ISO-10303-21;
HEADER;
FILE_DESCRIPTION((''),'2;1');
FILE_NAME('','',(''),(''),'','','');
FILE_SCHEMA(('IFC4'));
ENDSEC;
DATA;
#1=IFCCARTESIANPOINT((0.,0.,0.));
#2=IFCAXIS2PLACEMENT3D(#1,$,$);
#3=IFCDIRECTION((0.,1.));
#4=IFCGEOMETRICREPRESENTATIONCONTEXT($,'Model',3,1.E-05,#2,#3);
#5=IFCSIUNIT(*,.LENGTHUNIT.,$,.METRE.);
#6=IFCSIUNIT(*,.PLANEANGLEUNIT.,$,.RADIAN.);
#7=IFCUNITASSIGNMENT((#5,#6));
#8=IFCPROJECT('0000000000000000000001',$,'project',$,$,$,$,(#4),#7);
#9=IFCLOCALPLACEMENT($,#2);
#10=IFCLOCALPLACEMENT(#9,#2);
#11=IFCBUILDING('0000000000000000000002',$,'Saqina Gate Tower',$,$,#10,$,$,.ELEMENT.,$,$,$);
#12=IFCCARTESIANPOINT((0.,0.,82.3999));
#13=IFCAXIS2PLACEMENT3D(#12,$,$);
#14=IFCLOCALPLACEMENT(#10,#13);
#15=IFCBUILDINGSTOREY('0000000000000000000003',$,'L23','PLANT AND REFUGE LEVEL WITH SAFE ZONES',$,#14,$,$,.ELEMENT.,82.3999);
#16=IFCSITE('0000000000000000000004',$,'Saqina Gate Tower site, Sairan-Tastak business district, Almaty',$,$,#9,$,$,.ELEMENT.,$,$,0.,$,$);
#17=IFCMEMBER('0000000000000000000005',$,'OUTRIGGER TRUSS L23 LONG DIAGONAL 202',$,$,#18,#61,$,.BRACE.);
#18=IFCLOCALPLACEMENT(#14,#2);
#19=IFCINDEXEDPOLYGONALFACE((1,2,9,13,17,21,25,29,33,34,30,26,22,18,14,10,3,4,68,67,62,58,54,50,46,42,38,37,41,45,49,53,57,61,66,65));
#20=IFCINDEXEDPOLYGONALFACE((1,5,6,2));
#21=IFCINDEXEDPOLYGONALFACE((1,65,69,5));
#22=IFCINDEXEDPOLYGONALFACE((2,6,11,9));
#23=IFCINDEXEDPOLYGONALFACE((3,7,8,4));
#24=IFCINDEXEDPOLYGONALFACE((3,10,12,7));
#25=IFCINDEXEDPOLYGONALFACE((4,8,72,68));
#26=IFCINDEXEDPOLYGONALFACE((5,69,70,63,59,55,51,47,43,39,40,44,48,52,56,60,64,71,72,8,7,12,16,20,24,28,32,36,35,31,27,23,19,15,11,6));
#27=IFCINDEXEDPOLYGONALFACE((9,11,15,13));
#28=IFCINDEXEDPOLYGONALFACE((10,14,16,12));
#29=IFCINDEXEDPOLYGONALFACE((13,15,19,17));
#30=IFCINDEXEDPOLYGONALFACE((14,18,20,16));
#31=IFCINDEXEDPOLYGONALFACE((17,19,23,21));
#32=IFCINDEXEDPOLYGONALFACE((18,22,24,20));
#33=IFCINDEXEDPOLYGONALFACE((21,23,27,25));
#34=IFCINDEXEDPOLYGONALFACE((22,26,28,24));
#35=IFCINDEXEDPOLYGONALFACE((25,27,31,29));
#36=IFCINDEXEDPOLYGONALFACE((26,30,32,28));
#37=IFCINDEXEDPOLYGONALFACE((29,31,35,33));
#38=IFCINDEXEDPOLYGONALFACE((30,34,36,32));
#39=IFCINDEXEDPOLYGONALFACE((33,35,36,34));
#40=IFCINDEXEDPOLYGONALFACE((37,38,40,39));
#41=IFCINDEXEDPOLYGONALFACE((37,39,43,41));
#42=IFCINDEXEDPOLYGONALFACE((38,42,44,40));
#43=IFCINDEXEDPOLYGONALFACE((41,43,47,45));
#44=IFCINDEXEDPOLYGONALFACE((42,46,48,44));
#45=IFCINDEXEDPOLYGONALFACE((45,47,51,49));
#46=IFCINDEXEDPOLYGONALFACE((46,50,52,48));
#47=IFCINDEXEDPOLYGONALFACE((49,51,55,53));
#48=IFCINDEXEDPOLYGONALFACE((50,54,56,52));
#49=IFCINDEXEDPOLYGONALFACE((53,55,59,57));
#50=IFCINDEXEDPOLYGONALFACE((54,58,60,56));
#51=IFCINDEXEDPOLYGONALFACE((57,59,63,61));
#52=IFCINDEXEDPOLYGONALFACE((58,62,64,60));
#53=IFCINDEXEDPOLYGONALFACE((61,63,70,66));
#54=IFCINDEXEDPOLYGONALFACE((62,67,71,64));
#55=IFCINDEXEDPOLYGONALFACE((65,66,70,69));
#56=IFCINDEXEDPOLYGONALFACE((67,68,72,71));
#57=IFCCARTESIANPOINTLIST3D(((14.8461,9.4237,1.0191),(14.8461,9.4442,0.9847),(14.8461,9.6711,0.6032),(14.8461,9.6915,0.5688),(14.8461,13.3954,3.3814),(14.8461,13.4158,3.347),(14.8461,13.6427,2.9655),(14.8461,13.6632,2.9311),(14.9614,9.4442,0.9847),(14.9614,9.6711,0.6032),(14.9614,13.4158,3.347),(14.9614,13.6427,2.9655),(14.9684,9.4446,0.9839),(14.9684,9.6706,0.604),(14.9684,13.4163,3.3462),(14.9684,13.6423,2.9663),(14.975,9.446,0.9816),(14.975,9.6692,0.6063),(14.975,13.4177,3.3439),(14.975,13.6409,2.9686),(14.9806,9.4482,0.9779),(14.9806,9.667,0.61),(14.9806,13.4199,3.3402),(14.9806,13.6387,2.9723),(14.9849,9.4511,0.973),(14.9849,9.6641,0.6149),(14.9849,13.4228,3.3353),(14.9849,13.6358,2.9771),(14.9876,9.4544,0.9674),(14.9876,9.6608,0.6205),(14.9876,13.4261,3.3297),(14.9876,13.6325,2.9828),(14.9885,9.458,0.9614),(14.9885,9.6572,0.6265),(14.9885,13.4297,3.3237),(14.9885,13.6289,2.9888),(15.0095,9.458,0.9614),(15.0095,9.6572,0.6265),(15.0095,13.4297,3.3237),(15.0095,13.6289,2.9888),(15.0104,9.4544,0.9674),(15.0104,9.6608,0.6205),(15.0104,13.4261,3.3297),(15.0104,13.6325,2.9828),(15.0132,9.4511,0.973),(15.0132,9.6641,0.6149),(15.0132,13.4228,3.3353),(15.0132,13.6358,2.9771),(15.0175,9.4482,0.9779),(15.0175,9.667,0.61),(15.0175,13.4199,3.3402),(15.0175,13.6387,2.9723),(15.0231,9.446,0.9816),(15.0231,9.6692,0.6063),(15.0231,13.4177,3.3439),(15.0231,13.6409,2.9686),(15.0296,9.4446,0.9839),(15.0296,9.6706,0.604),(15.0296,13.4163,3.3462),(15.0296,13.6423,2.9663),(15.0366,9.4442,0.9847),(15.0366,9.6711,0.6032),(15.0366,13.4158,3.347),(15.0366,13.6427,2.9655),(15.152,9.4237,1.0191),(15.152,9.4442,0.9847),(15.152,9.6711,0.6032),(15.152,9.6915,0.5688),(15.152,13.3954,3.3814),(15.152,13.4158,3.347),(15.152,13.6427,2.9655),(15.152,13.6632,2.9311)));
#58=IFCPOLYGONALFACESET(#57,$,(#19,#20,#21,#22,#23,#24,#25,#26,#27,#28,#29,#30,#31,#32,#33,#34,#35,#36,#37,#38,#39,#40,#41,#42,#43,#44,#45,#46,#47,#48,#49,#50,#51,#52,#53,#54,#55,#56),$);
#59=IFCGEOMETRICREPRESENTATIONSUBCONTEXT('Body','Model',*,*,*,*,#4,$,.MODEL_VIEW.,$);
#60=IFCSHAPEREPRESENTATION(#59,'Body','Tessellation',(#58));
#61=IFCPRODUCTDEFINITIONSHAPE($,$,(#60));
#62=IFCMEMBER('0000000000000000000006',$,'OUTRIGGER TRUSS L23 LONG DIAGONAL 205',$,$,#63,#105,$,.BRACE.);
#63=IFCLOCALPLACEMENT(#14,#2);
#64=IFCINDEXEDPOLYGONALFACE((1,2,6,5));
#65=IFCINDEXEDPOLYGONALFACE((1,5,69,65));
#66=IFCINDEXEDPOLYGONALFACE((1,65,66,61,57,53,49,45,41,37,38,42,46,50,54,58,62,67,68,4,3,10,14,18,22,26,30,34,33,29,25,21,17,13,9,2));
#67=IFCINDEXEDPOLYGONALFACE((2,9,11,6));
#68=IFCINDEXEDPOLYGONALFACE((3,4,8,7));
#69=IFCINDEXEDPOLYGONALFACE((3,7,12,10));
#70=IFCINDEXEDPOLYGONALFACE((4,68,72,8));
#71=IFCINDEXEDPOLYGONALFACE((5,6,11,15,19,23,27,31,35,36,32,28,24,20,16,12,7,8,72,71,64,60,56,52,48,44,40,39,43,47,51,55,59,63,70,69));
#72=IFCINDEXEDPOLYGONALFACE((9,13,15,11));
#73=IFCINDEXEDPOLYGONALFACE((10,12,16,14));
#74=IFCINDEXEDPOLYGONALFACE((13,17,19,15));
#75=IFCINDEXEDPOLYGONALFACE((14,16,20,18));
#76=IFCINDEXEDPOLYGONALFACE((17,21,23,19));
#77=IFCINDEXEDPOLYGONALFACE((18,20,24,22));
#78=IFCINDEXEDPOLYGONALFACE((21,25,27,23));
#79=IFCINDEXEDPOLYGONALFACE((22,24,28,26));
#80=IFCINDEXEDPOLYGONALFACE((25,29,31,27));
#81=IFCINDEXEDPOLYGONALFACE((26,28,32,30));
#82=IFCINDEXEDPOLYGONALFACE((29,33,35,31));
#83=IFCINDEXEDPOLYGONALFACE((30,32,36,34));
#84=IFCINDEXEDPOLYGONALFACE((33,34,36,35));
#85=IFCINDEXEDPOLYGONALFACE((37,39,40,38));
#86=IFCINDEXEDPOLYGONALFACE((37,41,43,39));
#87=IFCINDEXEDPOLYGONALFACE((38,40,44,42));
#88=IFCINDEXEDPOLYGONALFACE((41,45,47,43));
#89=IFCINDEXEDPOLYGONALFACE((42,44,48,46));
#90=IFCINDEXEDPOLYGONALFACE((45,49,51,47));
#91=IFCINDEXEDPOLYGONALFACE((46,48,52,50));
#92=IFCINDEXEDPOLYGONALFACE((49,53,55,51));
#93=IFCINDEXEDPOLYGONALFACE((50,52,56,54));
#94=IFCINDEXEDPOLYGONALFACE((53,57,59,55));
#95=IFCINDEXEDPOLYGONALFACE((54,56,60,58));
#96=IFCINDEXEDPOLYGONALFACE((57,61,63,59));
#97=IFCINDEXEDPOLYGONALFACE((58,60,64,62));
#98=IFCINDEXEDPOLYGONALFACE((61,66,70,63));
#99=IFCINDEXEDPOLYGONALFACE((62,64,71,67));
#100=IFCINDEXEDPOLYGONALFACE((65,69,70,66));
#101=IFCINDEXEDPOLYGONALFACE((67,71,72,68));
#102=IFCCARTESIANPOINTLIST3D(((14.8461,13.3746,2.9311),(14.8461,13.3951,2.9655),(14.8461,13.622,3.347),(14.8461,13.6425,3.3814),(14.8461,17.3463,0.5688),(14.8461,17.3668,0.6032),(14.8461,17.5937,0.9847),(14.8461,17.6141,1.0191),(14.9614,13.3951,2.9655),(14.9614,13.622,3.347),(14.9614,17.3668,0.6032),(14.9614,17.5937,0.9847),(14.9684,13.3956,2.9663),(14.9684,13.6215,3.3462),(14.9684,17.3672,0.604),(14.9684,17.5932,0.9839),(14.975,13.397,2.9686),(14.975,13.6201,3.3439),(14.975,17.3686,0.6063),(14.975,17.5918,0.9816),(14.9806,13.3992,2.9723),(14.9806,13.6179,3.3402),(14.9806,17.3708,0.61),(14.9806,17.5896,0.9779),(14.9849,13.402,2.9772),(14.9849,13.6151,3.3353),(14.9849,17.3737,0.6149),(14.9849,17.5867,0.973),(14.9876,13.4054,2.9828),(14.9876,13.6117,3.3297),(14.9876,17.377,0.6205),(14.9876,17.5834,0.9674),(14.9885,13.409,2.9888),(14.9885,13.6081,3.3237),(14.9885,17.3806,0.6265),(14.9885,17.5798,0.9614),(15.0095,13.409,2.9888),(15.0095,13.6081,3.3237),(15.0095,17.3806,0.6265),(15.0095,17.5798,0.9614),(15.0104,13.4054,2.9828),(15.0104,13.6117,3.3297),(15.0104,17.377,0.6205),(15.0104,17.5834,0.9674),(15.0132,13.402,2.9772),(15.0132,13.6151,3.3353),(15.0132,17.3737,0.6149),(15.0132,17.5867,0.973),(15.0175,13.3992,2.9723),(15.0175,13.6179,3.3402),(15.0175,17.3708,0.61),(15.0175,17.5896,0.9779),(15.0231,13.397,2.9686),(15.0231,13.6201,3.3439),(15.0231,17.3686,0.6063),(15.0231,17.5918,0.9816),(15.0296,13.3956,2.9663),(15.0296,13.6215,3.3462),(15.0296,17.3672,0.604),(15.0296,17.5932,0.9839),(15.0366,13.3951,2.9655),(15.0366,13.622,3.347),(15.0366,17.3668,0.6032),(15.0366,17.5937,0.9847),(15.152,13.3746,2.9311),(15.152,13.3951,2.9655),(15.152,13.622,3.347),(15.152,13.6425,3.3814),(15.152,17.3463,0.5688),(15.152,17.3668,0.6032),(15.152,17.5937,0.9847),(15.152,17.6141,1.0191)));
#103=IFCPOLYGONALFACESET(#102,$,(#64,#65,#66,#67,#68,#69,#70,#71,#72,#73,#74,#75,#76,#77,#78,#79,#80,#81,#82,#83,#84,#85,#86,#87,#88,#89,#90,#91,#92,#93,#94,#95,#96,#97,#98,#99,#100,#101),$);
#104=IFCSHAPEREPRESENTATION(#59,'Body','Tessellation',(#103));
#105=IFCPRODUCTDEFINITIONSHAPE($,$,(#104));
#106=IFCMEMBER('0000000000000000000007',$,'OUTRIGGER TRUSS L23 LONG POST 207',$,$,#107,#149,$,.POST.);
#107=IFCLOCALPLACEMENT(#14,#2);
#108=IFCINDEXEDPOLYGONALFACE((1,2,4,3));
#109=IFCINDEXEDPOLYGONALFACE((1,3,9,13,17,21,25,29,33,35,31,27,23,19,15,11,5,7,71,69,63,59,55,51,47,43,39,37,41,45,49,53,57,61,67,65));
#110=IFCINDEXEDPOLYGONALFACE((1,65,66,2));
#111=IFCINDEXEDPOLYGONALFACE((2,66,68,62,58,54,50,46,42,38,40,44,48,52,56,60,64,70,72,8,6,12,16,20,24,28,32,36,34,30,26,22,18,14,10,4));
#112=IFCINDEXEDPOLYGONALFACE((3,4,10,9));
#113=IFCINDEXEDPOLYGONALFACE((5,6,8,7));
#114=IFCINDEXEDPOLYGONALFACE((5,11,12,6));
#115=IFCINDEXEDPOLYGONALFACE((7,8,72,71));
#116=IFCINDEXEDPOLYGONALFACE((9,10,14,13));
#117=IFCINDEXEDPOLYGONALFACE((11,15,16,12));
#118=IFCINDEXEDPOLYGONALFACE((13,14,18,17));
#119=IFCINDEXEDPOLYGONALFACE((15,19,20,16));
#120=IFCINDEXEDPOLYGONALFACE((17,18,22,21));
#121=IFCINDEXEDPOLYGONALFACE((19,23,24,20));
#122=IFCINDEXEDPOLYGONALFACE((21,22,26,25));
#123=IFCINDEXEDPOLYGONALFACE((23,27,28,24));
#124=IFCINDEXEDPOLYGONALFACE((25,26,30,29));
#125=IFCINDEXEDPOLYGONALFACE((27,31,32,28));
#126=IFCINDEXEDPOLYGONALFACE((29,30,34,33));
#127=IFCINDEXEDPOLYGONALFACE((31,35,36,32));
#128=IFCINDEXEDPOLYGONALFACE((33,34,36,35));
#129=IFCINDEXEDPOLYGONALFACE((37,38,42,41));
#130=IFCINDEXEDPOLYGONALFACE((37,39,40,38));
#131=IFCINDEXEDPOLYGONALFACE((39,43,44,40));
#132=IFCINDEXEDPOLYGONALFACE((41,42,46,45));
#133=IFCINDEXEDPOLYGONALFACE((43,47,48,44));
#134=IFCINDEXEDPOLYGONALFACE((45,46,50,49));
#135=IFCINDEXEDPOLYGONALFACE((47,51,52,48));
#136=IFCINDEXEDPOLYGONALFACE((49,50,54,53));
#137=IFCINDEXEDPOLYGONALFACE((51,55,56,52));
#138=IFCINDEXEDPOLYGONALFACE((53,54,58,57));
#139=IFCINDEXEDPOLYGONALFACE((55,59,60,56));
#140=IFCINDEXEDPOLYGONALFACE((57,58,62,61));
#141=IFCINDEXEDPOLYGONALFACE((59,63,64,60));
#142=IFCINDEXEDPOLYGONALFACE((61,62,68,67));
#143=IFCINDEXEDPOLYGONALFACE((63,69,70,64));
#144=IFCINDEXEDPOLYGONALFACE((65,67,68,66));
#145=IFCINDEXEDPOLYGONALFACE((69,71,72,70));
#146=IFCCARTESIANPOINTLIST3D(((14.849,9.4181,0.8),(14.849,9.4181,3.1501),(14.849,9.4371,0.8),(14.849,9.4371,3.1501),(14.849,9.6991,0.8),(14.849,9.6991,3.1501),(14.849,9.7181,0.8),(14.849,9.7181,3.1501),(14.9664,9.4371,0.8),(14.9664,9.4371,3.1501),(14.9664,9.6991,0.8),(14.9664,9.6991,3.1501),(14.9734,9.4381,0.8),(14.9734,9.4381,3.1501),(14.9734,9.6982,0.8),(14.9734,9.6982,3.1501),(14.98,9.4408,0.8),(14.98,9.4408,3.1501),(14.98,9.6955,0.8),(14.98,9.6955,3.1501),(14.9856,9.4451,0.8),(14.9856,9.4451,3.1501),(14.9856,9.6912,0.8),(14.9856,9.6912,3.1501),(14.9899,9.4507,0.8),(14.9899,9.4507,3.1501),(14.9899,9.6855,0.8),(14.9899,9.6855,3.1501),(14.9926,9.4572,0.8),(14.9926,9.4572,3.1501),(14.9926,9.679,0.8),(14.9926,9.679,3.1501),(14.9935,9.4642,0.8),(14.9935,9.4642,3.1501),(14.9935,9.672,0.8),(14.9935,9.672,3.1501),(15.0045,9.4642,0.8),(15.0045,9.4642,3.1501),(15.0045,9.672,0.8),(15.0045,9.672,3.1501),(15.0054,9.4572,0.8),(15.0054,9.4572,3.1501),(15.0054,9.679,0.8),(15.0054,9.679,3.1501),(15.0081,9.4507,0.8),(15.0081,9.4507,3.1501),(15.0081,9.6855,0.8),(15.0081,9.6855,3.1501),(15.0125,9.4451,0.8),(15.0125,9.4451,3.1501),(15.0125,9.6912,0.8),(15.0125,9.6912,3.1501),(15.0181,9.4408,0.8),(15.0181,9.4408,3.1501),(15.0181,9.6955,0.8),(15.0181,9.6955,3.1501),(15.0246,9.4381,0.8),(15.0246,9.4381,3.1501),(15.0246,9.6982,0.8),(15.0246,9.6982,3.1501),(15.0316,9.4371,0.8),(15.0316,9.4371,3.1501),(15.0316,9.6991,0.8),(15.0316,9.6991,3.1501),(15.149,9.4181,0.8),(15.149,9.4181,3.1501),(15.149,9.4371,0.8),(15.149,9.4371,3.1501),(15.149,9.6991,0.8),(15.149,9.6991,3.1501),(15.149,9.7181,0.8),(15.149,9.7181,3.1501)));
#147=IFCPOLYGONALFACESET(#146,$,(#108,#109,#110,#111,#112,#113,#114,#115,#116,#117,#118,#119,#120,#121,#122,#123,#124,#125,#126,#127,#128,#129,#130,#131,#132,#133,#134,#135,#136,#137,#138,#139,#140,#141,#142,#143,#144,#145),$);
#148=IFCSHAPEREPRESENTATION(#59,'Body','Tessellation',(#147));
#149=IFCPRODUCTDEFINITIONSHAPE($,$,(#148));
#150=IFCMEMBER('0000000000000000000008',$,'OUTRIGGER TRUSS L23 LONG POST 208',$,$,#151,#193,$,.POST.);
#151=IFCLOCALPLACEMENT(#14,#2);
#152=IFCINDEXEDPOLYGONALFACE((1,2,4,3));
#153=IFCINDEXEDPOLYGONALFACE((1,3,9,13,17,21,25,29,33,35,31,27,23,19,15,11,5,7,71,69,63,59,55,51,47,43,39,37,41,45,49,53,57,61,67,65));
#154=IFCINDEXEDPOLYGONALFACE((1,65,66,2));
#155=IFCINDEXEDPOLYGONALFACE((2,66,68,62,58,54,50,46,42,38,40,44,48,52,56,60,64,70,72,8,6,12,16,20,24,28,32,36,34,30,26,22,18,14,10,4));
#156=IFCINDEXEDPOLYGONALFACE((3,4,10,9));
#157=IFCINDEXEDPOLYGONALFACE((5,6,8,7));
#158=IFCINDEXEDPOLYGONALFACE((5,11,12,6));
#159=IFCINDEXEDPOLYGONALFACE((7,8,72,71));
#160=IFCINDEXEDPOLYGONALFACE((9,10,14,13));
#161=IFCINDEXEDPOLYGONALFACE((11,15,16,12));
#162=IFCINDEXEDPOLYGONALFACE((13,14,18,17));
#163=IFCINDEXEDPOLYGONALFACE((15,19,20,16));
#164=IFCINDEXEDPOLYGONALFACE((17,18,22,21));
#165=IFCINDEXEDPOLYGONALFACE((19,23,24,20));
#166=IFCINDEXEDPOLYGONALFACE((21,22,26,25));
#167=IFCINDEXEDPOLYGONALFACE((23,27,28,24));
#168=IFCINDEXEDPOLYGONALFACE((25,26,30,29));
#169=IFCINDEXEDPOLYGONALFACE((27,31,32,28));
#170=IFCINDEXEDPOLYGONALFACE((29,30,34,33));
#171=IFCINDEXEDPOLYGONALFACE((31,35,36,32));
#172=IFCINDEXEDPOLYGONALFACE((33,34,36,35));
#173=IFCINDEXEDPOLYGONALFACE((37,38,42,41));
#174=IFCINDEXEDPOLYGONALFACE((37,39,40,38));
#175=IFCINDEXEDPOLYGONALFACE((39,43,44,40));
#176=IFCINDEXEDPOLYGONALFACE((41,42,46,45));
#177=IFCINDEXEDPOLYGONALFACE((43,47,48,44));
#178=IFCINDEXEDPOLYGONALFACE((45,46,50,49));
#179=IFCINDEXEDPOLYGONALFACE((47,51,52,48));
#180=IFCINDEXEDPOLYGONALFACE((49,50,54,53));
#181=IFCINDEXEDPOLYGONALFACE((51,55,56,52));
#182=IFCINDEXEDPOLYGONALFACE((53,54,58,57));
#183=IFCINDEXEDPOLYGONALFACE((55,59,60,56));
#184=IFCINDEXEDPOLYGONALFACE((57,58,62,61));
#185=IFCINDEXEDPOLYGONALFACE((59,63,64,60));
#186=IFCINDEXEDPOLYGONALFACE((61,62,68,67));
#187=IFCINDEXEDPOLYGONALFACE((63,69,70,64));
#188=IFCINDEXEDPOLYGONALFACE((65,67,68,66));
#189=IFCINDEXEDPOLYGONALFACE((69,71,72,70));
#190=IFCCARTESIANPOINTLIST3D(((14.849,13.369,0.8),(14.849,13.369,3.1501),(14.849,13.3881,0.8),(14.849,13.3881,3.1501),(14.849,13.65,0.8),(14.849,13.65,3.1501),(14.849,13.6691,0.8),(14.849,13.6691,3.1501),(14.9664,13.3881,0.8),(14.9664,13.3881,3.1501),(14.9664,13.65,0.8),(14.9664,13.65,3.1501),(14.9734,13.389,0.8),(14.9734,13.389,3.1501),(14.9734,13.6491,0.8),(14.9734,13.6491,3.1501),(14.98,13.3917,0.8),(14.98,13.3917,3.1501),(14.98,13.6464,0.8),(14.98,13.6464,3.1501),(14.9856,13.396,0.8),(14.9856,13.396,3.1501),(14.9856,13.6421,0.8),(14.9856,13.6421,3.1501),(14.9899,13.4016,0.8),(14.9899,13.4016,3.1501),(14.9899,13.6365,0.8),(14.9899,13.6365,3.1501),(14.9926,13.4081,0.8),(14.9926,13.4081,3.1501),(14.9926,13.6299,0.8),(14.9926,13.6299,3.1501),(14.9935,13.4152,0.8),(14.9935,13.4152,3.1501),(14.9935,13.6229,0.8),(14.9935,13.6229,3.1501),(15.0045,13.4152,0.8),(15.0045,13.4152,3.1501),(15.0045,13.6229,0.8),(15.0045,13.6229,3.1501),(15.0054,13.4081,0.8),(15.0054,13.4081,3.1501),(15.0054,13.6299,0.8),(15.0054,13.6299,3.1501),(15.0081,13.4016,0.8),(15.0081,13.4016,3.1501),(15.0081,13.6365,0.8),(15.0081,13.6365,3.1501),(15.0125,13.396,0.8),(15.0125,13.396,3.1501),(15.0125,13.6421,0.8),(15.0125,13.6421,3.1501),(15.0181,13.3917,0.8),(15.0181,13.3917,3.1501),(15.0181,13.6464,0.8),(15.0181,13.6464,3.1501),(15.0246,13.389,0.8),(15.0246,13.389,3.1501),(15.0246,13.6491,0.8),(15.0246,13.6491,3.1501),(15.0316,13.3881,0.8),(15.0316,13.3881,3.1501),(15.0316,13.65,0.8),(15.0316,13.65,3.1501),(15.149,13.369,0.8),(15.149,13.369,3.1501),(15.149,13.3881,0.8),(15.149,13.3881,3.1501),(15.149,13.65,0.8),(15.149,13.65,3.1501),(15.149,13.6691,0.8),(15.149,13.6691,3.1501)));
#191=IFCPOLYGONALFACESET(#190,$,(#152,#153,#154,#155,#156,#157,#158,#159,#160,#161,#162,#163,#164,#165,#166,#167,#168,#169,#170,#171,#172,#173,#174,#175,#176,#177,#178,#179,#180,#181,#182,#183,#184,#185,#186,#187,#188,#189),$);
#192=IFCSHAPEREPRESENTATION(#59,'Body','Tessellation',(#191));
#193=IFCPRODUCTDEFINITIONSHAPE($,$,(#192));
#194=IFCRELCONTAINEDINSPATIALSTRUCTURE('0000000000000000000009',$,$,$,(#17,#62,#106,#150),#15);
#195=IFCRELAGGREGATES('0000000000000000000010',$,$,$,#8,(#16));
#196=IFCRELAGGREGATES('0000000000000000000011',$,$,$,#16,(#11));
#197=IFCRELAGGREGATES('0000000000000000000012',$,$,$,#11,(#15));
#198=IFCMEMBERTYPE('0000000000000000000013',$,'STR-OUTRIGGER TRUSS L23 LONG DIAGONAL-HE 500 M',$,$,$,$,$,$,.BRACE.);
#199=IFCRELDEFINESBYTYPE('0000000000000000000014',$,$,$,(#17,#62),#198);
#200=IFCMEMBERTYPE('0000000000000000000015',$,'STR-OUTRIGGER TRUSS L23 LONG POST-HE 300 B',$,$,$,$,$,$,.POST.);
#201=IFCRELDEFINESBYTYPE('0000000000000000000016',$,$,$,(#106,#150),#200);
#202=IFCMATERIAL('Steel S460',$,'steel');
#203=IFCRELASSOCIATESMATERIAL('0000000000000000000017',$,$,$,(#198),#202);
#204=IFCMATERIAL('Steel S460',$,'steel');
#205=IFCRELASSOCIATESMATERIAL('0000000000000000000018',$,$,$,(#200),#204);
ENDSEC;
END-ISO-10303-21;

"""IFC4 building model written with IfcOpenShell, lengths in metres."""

from ifc_helpers import new_model, si_unit, direction, frame, origin, origin_2d, place, context, subcontext, project, spatial, i_section, extrude, material, material_profile, profile_set, type_object, element, save


model = new_model("IFC4")

# Units and contexts
model_context = context("Model", 3, precision=1e-05, world=origin(), true_north=direction((0.0, 1.0)))
body_context = subcontext(model_context, "Body", "Model", "MODEL_VIEW")
ifc_project = project(units=[si_unit("LENGTHUNIT", "METRE"), si_unit("PLANEANGLEUNIT", "RADIAN")], contexts=[model_context])

# Site, building, storey
site_placement = place(None, origin())
site = spatial("IfcSite", under=ifc_project, at=site_placement, Name="Saqina Gate Tower site, Sairan-Tastak business district, Almaty", CompositionType="ELEMENT", RefElevation=0.0)
building_placement = place(site_placement, origin())
building = spatial("IfcBuilding", under=site, at=building_placement, Name="Saqina Gate Tower", CompositionType="ELEMENT")
storey_placement = place(building_placement, frame((0.0, 0.0, 82.3999)))
storey = spatial("IfcBuildingStorey", under=building, at=storey_placement, Name="L23", Description="PLANT AND REFUGE LEVEL WITH SAFE ZONES", CompositionType="ELEMENT", Elevation=82.3999)

# Members
ifc_material_1 = material(Name="Steel S460", Category="steel")
ifc_material_profile_1 = material_profile(ifc_material_1, i_section(OverallWidth=0.3059, OverallDepth=0.5239, WebThickness=0.021, FlangeThickness=0.04, FilletRadius=0.0271, at=origin_2d()), Name="HE 500 M")
ifc_profile_set_1 = profile_set([ifc_material_profile_1], Name="Steel S460")
member_type_1 = type_object("IfcMemberType", Name="STR-OUTRIGGER TRUSS L23 LONG DIAGONAL-HE 500 M", PredefinedType="BRACE", material=ifc_profile_set_1)
for number, where, z_axis, x_axis, name in (
    (1, (14.999, 9.5576, 0.7939), (0.0, 0.859463, 0.511198), (-1.0, 0.0, 0.0), "OUTRIGGER TRUSS L23 LONG DIAGONAL 202"),
    (2, (14.999, 13.5085, 3.1562), (0.0, 0.859463, -0.511198), (-1.0, 0.0, 0.0), "OUTRIGGER TRUSS L23 LONG DIAGONAL 205"),
):
    element("IfcMember", number, at=place(storey_placement, frame(where, z_axis=z_axis, x_axis=x_axis)), inside=storey, type_object=member_type_1, Name=name, PredefinedType="BRACE", context=body_context, shape_type="SweptSolid", body=[
        extrude(i_section(OverallWidth=0.3059, OverallDepth=0.5239, WebThickness=0.021, FlangeThickness=0.04, FilletRadius=0.0271, at=origin_2d()), origin(), (0.0, 0.0, 1.0), 4.6211),
    ])
ifc_material_2 = material(Name="Steel S460", Category="steel")
ifc_material_profile_2 = material_profile(ifc_material_2, i_section(OverallWidth=0.3, OverallDepth=0.3, WebThickness=0.011, FlangeThickness=0.019, FilletRadius=0.0271, at=origin_2d()), Name="HE 300 B")
ifc_profile_set_2 = profile_set([ifc_material_profile_2], Name="Steel S460")
member_type_2 = type_object("IfcMemberType", Name="STR-OUTRIGGER TRUSS L23 LONG POST-HE 300 B", PredefinedType="POST", material=ifc_profile_set_2)
for number, where, z_axis, x_axis, name in (
    (3, (14.999, 9.5681, 0.8), (0.0, 0.0, 1.0), (1.0, 0.0, 0.0), "OUTRIGGER TRUSS L23 LONG POST 207"),
    (4, (14.999, 13.519, 0.8), (0.0, 0.0, 1.0), (1.0, 0.0, 0.0), "OUTRIGGER TRUSS L23 LONG POST 208"),
):
    element("IfcMember", number, at=place(storey_placement, frame(where, z_axis=z_axis, x_axis=x_axis)), inside=storey, type_object=member_type_2, Name=name, PredefinedType="POST", context=body_context, shape_type="SweptSolid", body=[
        extrude(i_section(OverallWidth=0.3, OverallDepth=0.3, WebThickness=0.011, FlangeThickness=0.019, FilletRadius=0.0271, at=origin_2d()), origin(), (0.0, 0.0, 1.0), 2.3501),
    ])

save(model, "model.ifc")
